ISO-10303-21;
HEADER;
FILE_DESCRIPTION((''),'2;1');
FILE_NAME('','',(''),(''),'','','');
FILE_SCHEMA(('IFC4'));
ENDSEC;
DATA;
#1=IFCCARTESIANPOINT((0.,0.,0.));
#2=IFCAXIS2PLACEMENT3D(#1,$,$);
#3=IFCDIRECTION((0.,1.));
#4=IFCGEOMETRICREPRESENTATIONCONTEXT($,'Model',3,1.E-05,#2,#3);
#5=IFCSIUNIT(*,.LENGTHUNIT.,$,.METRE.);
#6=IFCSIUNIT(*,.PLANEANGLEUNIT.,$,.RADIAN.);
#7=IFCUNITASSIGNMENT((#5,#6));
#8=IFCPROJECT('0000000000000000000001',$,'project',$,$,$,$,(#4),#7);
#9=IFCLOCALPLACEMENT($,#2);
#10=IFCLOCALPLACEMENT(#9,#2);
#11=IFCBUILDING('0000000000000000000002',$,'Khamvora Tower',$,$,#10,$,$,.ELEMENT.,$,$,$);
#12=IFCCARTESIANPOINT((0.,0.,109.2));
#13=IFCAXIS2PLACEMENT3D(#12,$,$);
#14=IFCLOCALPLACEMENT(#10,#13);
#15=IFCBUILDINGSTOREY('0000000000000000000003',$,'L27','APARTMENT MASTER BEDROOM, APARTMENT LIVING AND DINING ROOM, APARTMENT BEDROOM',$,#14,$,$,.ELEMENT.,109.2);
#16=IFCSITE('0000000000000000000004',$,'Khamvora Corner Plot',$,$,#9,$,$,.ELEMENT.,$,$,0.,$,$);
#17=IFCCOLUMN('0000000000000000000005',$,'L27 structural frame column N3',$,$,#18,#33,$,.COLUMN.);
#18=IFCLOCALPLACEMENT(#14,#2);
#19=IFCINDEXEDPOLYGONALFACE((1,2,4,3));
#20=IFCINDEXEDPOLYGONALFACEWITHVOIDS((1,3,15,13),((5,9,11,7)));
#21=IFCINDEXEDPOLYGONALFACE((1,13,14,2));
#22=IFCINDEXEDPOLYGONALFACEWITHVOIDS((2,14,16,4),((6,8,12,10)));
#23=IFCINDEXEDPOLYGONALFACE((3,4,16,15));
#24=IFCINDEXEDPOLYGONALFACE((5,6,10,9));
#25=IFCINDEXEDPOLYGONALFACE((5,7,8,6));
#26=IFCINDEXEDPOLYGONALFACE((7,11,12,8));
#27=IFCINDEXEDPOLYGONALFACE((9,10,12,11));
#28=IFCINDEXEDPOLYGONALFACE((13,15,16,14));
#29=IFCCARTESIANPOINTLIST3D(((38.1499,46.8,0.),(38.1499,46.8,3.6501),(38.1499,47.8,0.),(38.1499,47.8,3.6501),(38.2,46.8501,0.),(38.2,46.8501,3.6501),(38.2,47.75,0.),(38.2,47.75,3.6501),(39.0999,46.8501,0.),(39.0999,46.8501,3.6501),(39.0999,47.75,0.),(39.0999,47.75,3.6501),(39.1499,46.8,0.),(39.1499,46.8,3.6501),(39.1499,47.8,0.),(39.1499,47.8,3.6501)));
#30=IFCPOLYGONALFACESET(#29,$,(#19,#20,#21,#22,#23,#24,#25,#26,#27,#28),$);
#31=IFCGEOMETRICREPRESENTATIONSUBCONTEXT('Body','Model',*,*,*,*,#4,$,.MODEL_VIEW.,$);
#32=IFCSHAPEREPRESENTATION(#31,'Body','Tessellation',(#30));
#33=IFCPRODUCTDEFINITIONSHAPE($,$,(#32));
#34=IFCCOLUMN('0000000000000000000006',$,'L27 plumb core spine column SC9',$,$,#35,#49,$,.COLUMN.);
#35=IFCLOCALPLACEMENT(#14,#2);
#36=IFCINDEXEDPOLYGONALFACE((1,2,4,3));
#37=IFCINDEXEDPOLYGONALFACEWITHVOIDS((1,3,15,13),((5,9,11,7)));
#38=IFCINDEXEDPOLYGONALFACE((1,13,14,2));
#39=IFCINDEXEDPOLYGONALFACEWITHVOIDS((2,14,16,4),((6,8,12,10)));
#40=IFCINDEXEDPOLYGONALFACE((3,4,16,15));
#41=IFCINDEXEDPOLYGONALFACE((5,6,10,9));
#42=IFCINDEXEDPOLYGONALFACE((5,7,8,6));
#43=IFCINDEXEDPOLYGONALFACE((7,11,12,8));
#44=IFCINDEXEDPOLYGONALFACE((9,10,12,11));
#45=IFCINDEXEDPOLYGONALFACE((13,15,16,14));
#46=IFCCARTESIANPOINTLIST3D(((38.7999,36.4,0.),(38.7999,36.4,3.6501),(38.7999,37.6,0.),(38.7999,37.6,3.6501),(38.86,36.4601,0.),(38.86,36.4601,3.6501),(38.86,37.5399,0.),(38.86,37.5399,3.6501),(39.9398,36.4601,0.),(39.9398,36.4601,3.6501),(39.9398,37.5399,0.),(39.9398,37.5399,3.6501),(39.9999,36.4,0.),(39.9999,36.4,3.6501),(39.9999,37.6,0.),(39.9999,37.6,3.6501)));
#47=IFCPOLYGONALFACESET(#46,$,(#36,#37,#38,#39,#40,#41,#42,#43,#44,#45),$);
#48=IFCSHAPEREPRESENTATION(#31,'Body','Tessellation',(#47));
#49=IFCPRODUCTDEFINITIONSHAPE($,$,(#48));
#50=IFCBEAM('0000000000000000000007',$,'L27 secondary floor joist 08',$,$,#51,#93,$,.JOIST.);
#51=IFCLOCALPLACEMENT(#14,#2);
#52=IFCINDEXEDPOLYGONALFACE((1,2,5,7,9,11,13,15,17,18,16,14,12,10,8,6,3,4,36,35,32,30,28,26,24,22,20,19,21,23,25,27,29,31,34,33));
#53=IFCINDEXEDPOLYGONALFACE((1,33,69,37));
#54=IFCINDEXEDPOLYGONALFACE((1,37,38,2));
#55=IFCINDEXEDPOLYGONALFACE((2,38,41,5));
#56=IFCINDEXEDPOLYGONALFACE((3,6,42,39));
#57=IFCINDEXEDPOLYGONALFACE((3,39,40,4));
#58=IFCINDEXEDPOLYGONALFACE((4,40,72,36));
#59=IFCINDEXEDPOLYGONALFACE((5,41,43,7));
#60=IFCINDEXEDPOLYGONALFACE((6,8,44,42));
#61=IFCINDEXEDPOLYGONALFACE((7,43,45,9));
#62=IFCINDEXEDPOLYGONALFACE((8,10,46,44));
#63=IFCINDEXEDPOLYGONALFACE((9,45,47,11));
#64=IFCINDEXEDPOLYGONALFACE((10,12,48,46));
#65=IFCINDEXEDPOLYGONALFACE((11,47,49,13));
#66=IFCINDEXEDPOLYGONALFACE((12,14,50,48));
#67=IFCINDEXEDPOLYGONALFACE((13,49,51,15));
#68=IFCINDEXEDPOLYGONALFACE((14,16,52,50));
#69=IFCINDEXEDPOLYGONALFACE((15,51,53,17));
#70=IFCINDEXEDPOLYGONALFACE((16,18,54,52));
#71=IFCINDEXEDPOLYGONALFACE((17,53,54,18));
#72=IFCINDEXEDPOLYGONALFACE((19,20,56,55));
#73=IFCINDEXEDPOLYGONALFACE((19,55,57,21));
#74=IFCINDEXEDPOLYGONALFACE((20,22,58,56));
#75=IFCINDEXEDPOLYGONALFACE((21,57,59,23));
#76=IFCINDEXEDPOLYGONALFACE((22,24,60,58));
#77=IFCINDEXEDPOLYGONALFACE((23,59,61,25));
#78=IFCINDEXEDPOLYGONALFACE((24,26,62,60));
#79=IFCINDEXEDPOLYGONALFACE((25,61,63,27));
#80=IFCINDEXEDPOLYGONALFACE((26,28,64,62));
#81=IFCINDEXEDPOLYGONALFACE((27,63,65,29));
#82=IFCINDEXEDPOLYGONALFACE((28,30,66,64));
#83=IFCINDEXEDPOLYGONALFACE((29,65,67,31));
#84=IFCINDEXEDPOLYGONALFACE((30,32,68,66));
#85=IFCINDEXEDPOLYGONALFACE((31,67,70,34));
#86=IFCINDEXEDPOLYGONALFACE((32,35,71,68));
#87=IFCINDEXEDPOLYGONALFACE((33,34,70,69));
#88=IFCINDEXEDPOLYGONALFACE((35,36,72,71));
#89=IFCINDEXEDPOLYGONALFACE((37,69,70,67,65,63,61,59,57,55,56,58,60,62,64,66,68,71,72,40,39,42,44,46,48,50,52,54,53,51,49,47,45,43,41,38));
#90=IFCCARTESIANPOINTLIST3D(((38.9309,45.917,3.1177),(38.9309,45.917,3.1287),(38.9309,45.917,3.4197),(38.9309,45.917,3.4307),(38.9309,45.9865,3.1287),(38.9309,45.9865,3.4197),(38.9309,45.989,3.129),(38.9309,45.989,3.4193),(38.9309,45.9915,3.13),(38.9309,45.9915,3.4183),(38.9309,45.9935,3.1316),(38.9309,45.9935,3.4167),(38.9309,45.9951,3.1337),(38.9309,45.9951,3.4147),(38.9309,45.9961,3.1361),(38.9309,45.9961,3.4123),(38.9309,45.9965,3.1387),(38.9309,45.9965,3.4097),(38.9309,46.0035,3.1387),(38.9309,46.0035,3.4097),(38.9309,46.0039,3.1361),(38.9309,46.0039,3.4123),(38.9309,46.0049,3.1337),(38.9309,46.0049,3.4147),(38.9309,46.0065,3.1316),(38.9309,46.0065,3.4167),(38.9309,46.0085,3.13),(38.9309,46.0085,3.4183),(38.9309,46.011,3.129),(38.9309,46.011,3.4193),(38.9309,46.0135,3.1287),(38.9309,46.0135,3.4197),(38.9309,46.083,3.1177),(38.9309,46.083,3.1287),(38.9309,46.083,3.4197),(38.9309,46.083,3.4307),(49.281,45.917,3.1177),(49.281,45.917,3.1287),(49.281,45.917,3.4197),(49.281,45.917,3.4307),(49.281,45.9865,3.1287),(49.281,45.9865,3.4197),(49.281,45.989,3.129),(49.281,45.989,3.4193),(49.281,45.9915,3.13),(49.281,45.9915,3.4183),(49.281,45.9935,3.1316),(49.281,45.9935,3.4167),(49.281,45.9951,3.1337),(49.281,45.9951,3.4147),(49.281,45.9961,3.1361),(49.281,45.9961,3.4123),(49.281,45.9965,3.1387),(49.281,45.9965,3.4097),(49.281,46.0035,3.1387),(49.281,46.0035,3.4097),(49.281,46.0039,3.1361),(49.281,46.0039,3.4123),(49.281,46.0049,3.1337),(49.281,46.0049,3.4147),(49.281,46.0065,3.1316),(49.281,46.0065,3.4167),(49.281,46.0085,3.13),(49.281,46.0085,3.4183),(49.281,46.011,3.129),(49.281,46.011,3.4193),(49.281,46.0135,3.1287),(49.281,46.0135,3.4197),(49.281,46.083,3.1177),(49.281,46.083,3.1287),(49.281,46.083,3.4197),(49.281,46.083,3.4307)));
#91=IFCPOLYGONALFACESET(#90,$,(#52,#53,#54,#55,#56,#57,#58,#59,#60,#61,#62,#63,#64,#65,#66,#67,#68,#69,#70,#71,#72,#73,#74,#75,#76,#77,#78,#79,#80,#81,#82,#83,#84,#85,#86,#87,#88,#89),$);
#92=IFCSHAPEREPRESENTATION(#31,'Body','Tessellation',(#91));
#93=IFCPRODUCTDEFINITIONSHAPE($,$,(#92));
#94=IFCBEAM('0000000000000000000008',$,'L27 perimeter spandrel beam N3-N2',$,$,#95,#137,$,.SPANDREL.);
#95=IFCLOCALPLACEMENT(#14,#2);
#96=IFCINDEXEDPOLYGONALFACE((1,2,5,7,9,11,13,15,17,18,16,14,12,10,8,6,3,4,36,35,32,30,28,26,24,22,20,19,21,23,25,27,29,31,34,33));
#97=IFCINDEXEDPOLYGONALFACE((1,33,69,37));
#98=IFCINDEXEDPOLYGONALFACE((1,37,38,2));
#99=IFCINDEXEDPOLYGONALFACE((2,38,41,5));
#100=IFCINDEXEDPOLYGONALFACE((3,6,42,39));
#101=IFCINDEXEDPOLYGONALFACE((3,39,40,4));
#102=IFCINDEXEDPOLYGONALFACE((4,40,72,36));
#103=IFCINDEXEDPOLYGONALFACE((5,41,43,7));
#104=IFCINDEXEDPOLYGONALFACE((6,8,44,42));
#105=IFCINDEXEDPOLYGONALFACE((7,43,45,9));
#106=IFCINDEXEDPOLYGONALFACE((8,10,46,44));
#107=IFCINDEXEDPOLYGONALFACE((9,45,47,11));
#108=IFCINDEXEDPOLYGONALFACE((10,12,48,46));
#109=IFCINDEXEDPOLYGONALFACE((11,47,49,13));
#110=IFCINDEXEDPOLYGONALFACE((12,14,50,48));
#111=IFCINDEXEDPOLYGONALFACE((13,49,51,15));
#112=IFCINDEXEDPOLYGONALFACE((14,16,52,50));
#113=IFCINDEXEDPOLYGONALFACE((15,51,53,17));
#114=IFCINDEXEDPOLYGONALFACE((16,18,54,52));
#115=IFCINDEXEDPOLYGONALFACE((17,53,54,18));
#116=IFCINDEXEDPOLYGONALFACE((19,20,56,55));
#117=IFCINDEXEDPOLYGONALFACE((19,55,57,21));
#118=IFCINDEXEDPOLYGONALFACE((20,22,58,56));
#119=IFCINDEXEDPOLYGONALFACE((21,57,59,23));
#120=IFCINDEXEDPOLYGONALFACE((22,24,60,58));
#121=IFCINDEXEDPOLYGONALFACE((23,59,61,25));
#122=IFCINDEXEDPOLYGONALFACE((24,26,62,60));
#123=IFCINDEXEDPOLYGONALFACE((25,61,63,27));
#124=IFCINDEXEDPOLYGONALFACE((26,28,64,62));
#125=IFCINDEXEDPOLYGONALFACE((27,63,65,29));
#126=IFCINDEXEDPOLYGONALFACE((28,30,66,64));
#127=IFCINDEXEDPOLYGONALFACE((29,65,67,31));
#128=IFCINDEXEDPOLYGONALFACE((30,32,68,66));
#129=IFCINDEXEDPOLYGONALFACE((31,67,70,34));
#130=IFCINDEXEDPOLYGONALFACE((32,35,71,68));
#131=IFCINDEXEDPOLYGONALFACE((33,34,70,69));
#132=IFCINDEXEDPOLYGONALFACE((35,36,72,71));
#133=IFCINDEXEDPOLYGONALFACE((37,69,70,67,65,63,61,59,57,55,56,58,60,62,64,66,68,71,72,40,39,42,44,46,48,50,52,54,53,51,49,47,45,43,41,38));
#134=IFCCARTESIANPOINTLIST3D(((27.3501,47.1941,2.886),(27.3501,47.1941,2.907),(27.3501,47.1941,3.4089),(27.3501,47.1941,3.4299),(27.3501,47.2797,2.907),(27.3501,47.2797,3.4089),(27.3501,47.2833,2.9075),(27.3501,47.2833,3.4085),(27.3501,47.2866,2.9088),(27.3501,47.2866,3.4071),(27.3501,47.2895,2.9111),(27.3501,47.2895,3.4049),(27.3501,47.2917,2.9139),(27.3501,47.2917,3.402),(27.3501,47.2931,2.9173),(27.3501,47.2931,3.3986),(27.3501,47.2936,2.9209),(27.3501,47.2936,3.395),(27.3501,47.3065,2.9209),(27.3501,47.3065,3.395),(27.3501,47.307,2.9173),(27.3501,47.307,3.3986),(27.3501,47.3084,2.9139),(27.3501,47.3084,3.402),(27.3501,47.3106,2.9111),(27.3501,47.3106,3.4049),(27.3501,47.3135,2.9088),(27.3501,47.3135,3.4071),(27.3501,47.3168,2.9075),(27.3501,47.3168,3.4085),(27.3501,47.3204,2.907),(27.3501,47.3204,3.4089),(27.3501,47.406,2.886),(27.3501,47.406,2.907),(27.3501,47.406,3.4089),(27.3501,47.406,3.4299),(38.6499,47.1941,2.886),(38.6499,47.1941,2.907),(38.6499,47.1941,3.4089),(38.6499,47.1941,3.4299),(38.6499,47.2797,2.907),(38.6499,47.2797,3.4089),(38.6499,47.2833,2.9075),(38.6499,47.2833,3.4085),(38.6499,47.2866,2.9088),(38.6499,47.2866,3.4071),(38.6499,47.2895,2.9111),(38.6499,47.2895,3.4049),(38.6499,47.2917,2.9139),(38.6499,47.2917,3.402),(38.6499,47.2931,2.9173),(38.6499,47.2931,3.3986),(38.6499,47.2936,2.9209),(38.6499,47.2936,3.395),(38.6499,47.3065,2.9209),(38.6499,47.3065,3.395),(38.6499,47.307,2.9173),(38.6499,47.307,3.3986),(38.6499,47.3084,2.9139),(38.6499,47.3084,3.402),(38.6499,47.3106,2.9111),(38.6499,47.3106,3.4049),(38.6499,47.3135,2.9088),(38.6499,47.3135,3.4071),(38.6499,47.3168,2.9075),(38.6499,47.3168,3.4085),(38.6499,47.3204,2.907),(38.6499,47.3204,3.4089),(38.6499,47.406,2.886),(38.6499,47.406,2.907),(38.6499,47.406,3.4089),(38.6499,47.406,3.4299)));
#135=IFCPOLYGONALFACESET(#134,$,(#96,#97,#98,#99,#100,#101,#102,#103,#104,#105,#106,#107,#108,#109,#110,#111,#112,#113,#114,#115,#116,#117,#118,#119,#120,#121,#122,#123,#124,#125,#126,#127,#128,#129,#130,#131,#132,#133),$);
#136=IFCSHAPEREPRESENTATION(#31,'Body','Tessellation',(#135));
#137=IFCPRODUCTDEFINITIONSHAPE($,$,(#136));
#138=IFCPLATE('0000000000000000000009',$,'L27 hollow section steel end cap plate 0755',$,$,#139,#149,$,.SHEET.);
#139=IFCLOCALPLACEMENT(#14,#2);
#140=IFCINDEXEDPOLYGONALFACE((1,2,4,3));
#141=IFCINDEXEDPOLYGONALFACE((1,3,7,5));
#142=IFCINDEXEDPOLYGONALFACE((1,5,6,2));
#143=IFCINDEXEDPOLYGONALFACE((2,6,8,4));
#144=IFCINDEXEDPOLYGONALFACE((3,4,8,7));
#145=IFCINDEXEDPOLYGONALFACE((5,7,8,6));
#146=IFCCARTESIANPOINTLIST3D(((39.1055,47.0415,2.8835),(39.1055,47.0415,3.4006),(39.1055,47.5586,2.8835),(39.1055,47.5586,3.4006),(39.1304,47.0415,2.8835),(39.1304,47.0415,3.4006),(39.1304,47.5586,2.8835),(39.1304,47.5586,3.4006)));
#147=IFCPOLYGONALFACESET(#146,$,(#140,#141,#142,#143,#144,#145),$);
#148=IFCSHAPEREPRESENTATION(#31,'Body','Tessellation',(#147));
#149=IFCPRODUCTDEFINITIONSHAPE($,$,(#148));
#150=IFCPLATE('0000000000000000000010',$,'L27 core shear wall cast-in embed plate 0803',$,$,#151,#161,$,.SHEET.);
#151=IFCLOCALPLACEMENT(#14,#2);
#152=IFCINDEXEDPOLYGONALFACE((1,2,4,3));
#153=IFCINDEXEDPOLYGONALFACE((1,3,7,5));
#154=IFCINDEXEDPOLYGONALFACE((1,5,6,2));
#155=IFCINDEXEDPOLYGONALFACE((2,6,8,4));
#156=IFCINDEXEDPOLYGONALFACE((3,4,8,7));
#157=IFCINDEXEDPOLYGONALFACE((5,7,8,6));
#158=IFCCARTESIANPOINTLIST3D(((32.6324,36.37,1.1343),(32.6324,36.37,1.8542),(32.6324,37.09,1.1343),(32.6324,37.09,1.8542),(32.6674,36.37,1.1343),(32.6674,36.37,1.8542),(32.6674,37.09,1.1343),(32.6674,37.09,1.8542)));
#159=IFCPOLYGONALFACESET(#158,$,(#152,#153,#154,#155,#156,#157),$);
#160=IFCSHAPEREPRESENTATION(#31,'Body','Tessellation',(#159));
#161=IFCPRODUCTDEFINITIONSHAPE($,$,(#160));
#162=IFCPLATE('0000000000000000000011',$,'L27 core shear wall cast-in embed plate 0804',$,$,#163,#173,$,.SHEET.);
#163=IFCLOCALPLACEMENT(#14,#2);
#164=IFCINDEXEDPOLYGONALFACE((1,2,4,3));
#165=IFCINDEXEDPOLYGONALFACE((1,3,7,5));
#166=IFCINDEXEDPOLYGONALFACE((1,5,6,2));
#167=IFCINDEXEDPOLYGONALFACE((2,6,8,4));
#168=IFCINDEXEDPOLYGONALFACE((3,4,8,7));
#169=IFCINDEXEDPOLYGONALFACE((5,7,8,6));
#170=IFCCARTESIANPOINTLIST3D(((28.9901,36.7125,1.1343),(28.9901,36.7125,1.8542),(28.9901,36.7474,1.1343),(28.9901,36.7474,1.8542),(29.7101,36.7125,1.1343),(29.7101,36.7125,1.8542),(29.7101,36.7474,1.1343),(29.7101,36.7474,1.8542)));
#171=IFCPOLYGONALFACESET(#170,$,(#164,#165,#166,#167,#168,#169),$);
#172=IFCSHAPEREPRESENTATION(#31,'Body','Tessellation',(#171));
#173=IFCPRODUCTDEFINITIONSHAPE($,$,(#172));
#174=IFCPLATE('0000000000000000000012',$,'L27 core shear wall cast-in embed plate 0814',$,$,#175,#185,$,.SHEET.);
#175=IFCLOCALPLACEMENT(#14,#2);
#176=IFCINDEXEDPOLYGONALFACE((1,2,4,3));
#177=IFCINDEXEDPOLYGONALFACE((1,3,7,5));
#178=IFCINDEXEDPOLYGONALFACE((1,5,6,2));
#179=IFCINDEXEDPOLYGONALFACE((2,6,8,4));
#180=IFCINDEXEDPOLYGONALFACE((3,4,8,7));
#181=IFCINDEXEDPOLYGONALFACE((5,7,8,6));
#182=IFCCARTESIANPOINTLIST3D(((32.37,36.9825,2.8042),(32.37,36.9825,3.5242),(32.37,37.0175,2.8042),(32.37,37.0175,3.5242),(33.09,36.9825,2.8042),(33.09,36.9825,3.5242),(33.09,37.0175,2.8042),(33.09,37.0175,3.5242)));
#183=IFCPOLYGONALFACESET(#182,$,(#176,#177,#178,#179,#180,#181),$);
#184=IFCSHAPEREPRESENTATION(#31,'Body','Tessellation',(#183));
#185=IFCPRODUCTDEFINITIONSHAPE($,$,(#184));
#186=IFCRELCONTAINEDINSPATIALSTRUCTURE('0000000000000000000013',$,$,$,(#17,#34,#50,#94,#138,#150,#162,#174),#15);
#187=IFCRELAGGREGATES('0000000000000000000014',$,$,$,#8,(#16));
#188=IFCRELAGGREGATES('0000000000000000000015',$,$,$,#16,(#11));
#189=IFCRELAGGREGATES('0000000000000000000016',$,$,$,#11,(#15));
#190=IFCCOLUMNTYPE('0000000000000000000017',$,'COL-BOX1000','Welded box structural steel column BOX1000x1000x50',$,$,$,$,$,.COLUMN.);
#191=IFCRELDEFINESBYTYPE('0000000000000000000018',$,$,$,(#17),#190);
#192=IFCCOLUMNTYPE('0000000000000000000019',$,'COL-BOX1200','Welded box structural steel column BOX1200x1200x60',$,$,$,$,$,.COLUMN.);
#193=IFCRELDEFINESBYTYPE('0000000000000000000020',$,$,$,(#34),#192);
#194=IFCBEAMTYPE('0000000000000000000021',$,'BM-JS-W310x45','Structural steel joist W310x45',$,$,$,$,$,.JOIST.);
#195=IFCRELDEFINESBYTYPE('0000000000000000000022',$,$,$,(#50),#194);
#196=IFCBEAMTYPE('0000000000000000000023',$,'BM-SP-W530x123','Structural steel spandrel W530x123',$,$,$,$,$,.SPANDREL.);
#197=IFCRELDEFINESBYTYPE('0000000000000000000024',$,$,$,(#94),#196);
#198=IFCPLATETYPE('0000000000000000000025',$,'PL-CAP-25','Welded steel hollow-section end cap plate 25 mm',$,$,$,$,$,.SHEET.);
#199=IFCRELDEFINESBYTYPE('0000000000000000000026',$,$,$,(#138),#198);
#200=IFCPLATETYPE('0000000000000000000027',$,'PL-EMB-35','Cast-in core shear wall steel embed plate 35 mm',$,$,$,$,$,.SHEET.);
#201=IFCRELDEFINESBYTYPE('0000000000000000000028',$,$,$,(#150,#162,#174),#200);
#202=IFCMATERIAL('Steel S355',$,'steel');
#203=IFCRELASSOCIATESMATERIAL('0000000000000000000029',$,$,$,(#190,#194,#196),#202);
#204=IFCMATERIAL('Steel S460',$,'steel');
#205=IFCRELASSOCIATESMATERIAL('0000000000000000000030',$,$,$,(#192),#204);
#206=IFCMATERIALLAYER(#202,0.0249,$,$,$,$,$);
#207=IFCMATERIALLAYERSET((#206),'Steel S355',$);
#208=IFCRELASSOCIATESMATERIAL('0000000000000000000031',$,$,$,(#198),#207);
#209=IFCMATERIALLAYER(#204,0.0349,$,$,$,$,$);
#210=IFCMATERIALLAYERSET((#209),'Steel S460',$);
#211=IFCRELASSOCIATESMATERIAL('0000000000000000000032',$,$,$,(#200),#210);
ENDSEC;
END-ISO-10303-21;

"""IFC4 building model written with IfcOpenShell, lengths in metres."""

from ifc_helpers import new_model, si_unit, direction, frame, origin, origin_2d, place, context, subcontext, project, spatial, rectangle, hollow_rectangle, i_section, extrude, material, layer, layer_set, material_profile, profile_set, type_object, element, save


model = new_model("IFC4")

# Units and contexts
model_context = context("Model", 3, precision=1e-05, world=origin(), true_north=direction((0.0, 1.0)))
body_context = subcontext(model_context, "Body", "Model", "MODEL_VIEW")
ifc_project = project(units=[si_unit("LENGTHUNIT", "METRE"), si_unit("PLANEANGLEUNIT", "RADIAN")], contexts=[model_context])

# Site, building, storey
site_placement = place(None, origin())
site = spatial("IfcSite", under=ifc_project, at=site_placement, Name="Khamvora Corner Plot", CompositionType="ELEMENT", RefElevation=0.0)
building_placement = place(site_placement, origin())
building = spatial("IfcBuilding", under=site, at=building_placement, Name="Khamvora Tower", CompositionType="ELEMENT")
storey_placement = place(building_placement, frame((0.0, 0.0, 109.2)))
storey = spatial("IfcBuildingStorey", under=building, at=storey_placement, Name="L27", Description="APARTMENT MASTER BEDROOM, APARTMENT LIVING AND DINING ROOM, APARTMENT BEDROOM", CompositionType="ELEMENT", Elevation=109.2)

# Columns
ifc_material_1 = material(Name="Steel S355", Category="steel")
ifc_material_profile_1 = material_profile(ifc_material_1, hollow_rectangle(XDim=1.0, YDim=1.0, WallThickness=0.05, at=origin_2d()), Name="BOX1000x1000x50")
ifc_profile_set_1 = profile_set([ifc_material_profile_1], Name="Steel S355")
column_type_1 = type_object("IfcColumnType", Name="COL-BOX1000", Description="Welded box structural steel column BOX1000x1000x50", PredefinedType="COLUMN", material=ifc_profile_set_1)
column_1_placement = place(storey_placement, frame((38.6499, 47.3, 0.0), z_axis=(0.0, 0.0, 1.0), x_axis=(1.0, 0.0, 0.0)))
element("IfcColumn", 1, at=column_1_placement, inside=storey, type_object=column_type_1, Name="L27 structural frame column N3", PredefinedType="COLUMN", context=body_context, shape_type="SweptSolid", body=[
    extrude(hollow_rectangle(XDim=1.0, YDim=1.0, WallThickness=0.05, at=origin_2d()), origin(), (0.0, 0.0, 1.0), 3.6501),
])
ifc_material_2 = material(Name="Steel S460", Category="steel")
ifc_material_profile_2 = material_profile(ifc_material_2, hollow_rectangle(XDim=1.2, YDim=1.2, WallThickness=0.0601, at=origin_2d()), Name="BOX1200x1200x60")
ifc_profile_set_2 = profile_set([ifc_material_profile_2], Name="Steel S460")
column_type_2 = type_object("IfcColumnType", Name="COL-BOX1200", Description="Welded box structural steel column BOX1200x1200x60", PredefinedType="COLUMN", material=ifc_profile_set_2)
column_2_placement = place(storey_placement, frame((39.3999, 37.0, 0.0), z_axis=(0.0, 0.0, 1.0), x_axis=(1.0, 0.0, 0.0)))
element("IfcColumn", 2, at=column_2_placement, inside=storey, type_object=column_type_2, Name="L27 plumb core spine column SC9", PredefinedType="COLUMN", context=body_context, shape_type="SweptSolid", body=[
    extrude(hollow_rectangle(XDim=1.2, YDim=1.2, WallThickness=0.0601, at=origin_2d()), origin(), (0.0, 0.0, 1.0), 3.6501),
])

# Beams
ifc_material_profile_3 = material_profile(ifc_material_1, i_section(OverallWidth=0.166, OverallDepth=0.313, WebThickness=0.0071, FlangeThickness=0.011, FilletRadius=0.01, at=origin_2d()), Name="W310x45")
ifc_profile_set_3 = profile_set([ifc_material_profile_3], Name="Steel S355")
beam_type_1 = type_object("IfcBeamType", Name="BM-JS-W310x45", Description="Structural steel joist W310x45", PredefinedType="JOIST", material=ifc_profile_set_3)
beam_1_placement = place(storey_placement, frame((38.9309, 46.0, 3.2742), z_axis=(1.0, 0.0, 0.0), x_axis=(0.0, 1.0, 0.0)))
element("IfcBeam", 3, at=beam_1_placement, inside=storey, type_object=beam_type_1, Name="L27 secondary floor joist 08", PredefinedType="JOIST", context=body_context, shape_type="SweptSolid", body=[
    extrude(i_section(OverallWidth=0.166, OverallDepth=0.313, WebThickness=0.0071, FlangeThickness=0.011, FilletRadius=0.01, at=origin_2d()), origin(), (0.0, 0.0, 1.0), 10.3501),
])
ifc_material_profile_4 = material_profile(ifc_material_1, i_section(OverallWidth=0.2119, OverallDepth=0.5439, WebThickness=0.0129, FlangeThickness=0.021, FilletRadius=0.0139, at=origin_2d()), Name="W530x123")
ifc_profile_set_4 = profile_set([ifc_material_profile_4], Name="Steel S355")
beam_type_2 = type_object("IfcBeamType", Name="BM-SP-W530x123", Description="Structural steel spandrel W530x123", PredefinedType="SPANDREL", material=ifc_profile_set_4)
beam_2_placement = place(storey_placement, frame((38.6499, 47.3, 3.158), z_axis=(-1.0, 0.0, 0.0), x_axis=(0.0, -1.0, 0.0)))
element("IfcBeam", 4, at=beam_2_placement, inside=storey, type_object=beam_type_2, Name="L27 perimeter spandrel beam N3-N2", PredefinedType="SPANDREL", context=body_context, shape_type="SweptSolid", body=[
    extrude(i_section(OverallWidth=0.2119, OverallDepth=0.5439, WebThickness=0.0129, FlangeThickness=0.021, FilletRadius=0.0139, at=origin_2d()), origin(), (0.0, 0.0, 1.0), 11.2998),
])

# Plates
ifc_layer_1 = layer(ifc_material_1, 0.0249)
ifc_layer_set_1 = layer_set([ifc_layer_1], Name="Steel S355")
plate_type_1 = type_object("IfcPlateType", Name="PL-CAP-25", Description="Welded steel hollow-section end cap plate 25 mm", PredefinedType="SHEET", material=ifc_layer_set_1)
plate_1_placement = place(storey_placement, frame((39.1179, 47.3, 2.8835), z_axis=(0.0, 0.0, 1.0), x_axis=(-1.0, 0.0, 0.0)))
element("IfcPlate", 5, at=plate_1_placement, inside=storey, type_object=plate_type_1, Name="L27 hollow section steel end cap plate 0755", PredefinedType="SHEET", context=body_context, shape_type="SweptSolid", body=[
    extrude(rectangle(XDim=0.0249, YDim=0.5171, at=origin_2d()), origin(), (0.0, 0.0, 1.0), 0.5171),
])
ifc_layer_2 = layer(ifc_material_2, 0.0349)
ifc_layer_set_2 = layer_set([ifc_layer_2], Name="Steel S460")
plate_type_2 = type_object("IfcPlateType", Name="PL-EMB-35", Description="Cast-in core shear wall steel embed plate 35 mm", PredefinedType="SHEET", material=ifc_layer_set_2)
plate_2_placement = place(storey_placement, frame((32.6499, 36.73, 1.1343), z_axis=(0.0, 0.0, 1.0), x_axis=(1.0, 0.0, 0.0)))
element("IfcPlate", 6, at=plate_2_placement, inside=storey, type_object=plate_type_2, Name="L27 core shear wall cast-in embed plate 0803", PredefinedType="SHEET", context=body_context, shape_type="SweptSolid", body=[
    extrude(rectangle(XDim=0.0349, YDim=0.72, at=origin_2d()), origin(), (0.0, 0.0, 1.0), 0.72),
])
for number, where, z_axis, x_axis, name in (
    (7, (29.3501, 36.73, 1.1343), (0.0, 0.0, 1.0), (1.0, 0.0, 0.0), "L27 core shear wall cast-in embed plate 0804"),
    (8, (32.73, 37.0, 2.8042), (0.0, 0.0, 1.0), (1.0, 0.0, 0.0), "L27 core shear wall cast-in embed plate 0814"),
):
    element("IfcPlate", number, at=place(storey_placement, frame(where, z_axis=z_axis, x_axis=x_axis)), inside=storey, type_object=plate_type_2, Name=name, PredefinedType="SHEET", context=body_context, shape_type="SweptSolid", body=[
        extrude(rectangle(XDim=0.72, YDim=0.0349, at=origin_2d()), origin(), (0.0, 0.0, 1.0), 0.72),
    ])

save(model, "model.ifc")
